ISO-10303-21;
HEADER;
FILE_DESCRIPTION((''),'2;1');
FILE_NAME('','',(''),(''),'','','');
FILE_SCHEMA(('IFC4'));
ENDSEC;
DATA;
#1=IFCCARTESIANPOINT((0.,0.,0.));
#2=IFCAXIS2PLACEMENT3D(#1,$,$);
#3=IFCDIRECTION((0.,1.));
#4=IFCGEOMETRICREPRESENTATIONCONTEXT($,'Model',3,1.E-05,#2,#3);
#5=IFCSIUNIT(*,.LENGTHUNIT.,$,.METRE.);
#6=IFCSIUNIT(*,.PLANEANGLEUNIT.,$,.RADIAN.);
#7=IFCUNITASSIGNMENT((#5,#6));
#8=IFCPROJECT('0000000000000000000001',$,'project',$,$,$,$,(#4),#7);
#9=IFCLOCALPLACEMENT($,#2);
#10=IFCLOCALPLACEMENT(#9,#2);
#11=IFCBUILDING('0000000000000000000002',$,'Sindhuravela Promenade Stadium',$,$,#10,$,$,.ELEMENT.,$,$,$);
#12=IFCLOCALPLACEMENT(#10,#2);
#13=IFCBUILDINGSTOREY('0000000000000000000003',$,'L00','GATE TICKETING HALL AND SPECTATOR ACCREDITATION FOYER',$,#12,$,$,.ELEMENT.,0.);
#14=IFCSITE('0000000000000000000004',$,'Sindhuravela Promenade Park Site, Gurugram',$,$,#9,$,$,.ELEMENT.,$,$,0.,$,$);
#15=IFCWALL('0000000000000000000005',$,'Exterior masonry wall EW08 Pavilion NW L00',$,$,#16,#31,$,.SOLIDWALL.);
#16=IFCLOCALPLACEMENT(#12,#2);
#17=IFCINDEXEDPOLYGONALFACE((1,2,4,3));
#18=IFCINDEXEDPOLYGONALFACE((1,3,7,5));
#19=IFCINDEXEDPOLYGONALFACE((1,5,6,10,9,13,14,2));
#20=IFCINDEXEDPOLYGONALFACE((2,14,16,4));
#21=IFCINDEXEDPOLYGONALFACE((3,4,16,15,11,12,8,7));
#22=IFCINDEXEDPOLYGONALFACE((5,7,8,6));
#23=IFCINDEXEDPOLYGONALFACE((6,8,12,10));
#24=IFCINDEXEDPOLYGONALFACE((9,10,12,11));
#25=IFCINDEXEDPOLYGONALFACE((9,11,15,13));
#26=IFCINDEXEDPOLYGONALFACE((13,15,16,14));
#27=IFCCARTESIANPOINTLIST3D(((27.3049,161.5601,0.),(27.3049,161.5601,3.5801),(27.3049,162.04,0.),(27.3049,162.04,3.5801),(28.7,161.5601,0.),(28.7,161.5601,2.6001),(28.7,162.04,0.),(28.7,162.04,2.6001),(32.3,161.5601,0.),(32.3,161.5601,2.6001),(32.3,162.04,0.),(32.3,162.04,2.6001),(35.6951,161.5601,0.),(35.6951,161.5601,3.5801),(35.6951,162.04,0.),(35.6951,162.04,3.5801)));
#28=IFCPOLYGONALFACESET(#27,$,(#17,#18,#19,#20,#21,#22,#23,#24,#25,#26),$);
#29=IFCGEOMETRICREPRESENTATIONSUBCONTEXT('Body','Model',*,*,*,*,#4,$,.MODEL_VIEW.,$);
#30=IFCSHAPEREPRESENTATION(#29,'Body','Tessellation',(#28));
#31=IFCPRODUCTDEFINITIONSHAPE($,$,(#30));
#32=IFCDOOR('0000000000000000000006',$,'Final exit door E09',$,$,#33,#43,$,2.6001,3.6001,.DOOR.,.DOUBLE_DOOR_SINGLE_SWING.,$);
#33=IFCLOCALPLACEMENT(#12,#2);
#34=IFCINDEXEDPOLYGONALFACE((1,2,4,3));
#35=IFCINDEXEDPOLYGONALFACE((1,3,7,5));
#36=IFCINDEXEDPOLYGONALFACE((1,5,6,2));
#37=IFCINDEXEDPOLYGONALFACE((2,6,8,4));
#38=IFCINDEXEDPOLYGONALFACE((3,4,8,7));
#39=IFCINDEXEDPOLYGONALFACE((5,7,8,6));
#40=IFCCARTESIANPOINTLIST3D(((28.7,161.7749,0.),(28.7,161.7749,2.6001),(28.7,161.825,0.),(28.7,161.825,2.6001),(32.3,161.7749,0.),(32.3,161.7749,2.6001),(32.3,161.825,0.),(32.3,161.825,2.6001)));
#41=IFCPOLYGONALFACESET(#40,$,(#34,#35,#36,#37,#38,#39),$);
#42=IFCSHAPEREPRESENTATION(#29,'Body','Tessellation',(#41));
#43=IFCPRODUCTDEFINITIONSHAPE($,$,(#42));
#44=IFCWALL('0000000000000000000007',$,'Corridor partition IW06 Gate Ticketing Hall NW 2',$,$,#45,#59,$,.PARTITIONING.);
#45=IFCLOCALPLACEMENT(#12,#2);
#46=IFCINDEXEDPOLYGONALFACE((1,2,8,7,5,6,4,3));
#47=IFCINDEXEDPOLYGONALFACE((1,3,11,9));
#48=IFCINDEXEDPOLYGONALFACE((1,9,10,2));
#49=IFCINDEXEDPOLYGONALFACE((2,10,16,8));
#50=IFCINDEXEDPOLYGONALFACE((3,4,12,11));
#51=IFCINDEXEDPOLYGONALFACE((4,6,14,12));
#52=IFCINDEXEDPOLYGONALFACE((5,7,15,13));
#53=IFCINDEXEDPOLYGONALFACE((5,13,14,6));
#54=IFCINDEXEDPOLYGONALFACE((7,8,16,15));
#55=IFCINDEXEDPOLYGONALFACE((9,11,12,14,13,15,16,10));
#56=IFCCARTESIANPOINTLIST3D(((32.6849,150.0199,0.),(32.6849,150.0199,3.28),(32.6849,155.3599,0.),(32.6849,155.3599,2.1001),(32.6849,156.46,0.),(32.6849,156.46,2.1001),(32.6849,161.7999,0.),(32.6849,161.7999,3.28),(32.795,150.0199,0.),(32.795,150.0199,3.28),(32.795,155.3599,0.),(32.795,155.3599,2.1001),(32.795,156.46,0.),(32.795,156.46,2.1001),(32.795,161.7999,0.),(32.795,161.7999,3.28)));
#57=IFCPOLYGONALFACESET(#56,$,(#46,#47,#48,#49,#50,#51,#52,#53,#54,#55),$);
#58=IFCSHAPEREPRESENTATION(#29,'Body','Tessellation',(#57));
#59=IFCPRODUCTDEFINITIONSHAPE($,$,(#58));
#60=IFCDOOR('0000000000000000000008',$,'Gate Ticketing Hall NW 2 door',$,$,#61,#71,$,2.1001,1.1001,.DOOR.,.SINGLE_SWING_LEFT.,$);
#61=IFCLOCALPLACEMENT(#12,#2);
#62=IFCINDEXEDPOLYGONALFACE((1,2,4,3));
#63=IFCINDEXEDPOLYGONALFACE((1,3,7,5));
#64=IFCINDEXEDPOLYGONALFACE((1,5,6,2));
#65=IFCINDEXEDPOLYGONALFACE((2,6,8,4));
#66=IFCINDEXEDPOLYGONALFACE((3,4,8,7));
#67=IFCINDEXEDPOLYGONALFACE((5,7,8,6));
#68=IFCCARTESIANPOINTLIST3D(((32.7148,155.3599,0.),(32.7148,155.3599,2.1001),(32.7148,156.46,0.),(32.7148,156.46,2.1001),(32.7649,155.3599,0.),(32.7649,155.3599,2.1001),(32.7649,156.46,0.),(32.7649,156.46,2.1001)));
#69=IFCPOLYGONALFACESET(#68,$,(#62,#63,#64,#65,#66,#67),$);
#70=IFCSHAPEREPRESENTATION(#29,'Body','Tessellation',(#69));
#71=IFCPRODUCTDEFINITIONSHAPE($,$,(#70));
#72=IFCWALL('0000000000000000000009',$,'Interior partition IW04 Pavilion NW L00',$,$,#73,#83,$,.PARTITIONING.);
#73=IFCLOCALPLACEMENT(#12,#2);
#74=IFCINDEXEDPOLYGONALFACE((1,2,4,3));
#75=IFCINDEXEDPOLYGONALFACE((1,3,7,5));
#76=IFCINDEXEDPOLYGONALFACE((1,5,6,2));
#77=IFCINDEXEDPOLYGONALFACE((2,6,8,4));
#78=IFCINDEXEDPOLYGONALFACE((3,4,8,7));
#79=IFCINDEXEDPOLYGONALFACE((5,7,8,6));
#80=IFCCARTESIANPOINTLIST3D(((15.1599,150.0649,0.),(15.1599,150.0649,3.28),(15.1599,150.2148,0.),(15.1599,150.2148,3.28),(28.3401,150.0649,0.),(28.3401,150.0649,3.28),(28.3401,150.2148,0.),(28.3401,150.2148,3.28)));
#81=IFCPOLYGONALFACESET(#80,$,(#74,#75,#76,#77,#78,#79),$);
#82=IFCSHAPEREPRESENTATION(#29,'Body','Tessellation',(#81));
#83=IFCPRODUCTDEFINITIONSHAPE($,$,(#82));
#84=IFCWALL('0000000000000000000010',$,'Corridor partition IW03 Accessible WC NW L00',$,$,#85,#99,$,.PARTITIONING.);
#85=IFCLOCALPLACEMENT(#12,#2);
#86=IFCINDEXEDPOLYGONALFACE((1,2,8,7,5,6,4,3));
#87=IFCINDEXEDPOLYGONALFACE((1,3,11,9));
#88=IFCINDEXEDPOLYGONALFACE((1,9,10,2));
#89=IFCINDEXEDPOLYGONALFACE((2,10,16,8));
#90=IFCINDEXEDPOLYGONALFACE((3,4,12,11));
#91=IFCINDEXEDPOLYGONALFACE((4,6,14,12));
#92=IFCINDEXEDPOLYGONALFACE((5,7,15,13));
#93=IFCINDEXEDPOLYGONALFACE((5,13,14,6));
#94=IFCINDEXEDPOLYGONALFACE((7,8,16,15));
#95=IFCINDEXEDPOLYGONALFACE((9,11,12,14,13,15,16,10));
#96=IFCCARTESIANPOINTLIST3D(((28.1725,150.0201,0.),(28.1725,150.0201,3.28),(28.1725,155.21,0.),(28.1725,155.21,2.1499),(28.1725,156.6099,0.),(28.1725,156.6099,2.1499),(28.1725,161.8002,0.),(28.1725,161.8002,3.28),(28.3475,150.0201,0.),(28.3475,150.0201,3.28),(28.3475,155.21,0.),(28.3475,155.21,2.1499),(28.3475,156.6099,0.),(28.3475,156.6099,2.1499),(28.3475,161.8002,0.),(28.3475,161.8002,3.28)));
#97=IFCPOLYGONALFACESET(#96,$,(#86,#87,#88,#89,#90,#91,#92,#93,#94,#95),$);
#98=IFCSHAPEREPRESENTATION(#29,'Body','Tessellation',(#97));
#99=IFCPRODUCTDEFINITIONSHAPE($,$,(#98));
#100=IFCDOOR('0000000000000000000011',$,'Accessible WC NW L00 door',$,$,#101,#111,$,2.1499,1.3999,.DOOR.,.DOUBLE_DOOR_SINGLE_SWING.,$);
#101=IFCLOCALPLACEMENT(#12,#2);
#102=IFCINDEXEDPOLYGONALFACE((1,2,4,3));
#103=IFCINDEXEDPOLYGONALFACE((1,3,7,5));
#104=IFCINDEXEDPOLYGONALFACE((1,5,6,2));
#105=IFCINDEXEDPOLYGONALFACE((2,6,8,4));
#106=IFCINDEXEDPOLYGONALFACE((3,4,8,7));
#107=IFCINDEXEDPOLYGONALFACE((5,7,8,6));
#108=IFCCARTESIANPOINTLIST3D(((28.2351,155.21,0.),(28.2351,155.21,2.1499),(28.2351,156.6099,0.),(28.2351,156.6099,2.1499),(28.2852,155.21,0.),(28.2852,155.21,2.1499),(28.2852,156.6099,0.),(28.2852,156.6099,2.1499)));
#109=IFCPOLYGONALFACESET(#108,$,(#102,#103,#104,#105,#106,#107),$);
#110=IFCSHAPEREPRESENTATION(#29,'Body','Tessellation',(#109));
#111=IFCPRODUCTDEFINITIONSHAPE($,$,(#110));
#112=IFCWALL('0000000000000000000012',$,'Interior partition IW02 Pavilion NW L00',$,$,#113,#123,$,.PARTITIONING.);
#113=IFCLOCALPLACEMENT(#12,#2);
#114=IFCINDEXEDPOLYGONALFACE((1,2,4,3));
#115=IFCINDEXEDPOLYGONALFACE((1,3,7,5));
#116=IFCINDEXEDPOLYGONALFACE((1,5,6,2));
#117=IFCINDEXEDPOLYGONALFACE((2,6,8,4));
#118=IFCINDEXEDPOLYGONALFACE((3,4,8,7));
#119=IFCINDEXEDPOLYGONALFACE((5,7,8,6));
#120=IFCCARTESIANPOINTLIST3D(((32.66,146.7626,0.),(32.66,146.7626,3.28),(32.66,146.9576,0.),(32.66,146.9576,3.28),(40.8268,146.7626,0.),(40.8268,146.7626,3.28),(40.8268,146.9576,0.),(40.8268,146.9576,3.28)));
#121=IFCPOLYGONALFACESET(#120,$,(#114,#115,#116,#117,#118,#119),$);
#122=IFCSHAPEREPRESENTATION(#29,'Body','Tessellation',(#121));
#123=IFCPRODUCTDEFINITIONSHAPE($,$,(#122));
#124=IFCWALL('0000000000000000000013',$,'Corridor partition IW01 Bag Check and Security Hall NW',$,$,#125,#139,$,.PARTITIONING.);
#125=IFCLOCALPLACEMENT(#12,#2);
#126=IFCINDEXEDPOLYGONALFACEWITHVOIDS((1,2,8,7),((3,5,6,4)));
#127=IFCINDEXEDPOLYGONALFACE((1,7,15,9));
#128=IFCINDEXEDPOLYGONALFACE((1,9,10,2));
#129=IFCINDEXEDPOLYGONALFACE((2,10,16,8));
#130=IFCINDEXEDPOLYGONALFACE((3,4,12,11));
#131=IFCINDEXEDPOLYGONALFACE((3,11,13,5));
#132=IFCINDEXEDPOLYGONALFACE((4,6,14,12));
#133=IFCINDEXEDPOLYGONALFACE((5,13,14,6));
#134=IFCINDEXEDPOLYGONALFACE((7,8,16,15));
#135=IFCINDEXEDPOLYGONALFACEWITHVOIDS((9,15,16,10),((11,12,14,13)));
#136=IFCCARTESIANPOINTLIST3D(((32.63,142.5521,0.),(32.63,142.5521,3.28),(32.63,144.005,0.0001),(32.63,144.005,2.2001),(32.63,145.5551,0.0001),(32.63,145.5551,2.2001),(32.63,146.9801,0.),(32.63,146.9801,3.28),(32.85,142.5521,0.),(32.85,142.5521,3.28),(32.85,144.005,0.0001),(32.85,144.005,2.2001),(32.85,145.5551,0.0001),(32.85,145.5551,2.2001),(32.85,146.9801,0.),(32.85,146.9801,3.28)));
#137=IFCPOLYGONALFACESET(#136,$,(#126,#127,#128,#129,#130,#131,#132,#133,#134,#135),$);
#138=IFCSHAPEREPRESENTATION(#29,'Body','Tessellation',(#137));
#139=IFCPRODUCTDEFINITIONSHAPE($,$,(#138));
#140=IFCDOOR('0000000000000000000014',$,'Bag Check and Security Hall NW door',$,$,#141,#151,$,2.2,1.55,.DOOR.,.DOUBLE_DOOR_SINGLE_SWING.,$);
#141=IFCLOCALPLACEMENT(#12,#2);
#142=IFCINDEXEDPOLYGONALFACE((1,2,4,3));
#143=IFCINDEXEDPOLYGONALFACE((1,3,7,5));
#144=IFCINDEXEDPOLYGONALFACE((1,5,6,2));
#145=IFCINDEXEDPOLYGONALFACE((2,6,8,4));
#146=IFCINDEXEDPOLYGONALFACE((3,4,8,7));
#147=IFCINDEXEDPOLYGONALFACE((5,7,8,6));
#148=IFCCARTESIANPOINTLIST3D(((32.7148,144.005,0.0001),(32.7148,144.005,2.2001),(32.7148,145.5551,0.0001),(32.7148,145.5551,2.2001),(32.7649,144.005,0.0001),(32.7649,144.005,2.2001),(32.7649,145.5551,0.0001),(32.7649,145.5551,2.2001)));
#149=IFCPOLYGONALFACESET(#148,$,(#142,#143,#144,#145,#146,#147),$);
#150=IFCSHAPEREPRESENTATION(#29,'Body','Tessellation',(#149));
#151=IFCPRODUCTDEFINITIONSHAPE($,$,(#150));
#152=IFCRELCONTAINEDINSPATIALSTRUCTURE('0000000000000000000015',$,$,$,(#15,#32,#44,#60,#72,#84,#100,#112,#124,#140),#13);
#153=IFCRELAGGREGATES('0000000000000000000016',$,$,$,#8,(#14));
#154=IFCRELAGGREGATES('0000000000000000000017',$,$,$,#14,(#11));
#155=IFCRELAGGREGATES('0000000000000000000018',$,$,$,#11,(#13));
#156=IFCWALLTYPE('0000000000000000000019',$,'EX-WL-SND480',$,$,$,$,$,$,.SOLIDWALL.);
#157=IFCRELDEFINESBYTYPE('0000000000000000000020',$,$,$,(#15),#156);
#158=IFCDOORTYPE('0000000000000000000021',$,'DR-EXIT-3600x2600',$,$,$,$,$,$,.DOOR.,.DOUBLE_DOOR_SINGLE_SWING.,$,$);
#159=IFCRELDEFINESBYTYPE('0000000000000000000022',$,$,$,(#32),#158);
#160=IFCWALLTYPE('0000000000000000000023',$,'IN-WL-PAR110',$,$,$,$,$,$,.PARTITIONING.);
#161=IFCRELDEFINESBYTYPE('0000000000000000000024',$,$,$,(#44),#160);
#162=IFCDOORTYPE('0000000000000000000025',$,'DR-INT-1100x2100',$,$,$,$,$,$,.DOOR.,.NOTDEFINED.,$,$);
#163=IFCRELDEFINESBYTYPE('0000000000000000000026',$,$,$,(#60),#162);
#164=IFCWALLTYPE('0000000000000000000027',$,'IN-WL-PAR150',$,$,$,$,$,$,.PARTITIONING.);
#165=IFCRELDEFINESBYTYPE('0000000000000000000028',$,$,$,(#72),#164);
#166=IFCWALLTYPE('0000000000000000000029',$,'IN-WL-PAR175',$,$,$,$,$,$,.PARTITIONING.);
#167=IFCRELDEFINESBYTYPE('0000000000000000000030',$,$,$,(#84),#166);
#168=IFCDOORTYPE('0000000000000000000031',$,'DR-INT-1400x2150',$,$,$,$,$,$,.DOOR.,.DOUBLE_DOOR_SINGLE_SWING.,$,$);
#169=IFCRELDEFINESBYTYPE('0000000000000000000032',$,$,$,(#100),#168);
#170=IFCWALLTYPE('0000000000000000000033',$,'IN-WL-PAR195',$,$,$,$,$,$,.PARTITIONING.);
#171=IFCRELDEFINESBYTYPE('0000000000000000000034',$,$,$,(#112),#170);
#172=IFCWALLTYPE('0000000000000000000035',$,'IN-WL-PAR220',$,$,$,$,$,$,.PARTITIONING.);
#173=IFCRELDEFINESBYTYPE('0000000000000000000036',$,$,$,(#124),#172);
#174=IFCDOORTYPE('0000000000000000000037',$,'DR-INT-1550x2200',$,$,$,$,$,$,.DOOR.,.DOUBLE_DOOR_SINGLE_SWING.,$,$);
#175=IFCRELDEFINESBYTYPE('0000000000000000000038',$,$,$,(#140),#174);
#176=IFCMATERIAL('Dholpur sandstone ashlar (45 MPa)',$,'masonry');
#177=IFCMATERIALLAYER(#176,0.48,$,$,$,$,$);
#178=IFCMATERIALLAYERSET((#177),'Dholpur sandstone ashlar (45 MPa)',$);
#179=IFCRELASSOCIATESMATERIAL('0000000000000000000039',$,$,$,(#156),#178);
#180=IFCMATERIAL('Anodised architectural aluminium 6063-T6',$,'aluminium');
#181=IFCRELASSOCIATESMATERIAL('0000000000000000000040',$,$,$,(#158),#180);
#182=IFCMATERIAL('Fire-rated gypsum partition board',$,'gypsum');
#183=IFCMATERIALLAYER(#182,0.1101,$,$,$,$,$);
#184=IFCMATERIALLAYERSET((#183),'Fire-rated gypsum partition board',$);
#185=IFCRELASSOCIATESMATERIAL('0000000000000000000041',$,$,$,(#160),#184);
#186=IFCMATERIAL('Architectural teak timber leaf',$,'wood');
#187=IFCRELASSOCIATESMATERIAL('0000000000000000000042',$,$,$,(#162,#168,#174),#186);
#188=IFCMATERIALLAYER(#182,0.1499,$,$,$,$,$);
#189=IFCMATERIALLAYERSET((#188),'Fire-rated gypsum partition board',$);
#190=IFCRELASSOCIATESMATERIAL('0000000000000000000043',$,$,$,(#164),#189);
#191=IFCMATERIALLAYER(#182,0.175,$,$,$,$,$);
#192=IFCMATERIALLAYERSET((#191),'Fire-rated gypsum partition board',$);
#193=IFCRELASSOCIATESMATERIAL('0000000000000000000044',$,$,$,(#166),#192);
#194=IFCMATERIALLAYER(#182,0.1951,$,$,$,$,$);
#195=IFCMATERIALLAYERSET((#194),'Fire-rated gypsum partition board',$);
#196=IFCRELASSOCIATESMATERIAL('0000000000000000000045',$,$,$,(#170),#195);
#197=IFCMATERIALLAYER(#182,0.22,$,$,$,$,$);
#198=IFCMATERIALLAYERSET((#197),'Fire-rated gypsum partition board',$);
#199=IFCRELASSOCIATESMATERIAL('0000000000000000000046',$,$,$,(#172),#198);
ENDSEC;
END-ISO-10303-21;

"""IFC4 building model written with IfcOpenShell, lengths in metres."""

from ifc_helpers import new_model, si_unit, direction, frame, frame_2d, origin, place, context, subcontext, project, spatial, rectangle, extrude, material, layer, layer_set, type_object, element, fill, save


model = new_model("IFC4")

# Units and contexts
model_context = context("Model", 3, precision=1e-05, world=origin(), true_north=direction((0.0, 1.0)))
body_context = subcontext(model_context, "Body", "Model", "MODEL_VIEW")
ifc_project = project(units=[si_unit("LENGTHUNIT", "METRE"), si_unit("PLANEANGLEUNIT", "RADIAN")], contexts=[model_context])

# Site, building, storey
site_placement = place(None, origin())
site = spatial("IfcSite", under=ifc_project, at=site_placement, Name="Sindhuravela Promenade Park Site, Gurugram", CompositionType="ELEMENT", RefElevation=0.0)
building_placement = place(site_placement, origin())
building = spatial("IfcBuilding", under=site, at=building_placement, Name="Sindhuravela Promenade Stadium", CompositionType="ELEMENT")
storey_placement = place(building_placement, origin())
storey = spatial("IfcBuildingStorey", under=building, at=storey_placement, Name="L00", Description="GATE TICKETING HALL AND SPECTATOR ACCREDITATION FOYER", CompositionType="ELEMENT", Elevation=0.0)

# Walls, openings, doors
ifc_material_1 = material(Name="Dholpur sandstone ashlar (45 MPa)", Category="masonry")
ifc_layer_1 = layer(ifc_material_1, 0.48)
ifc_layer_set_1 = layer_set([ifc_layer_1], Name="Dholpur sandstone ashlar (45 MPa)")
wall_type_1 = type_object("IfcWallType", Name="EX-WL-SND480", PredefinedType="SOLIDWALL", material=ifc_layer_set_1)
wall_1_placement = place(storey_placement, frame((27.3049, 161.8, 0.0), z_axis=(0.0, 0.0, 1.0), x_axis=(1.0, 0.0, 0.0)))
wall_1 = element("IfcWall", 1, at=wall_1_placement, inside=storey, type_object=wall_type_1, Name="Exterior masonry wall EW08 Pavilion NW L00", PredefinedType="SOLIDWALL", context=body_context, shape_type="SweptSolid", body=[
    extrude(rectangle(XDim=8.3901, YDim=0.48, at=frame_2d((4.1951, 0.0))), origin(), (0.0, 0.0, 1.0), 3.5801),
])
opening_1_placement = place(wall_1_placement, frame((1.395, 0.0, 0.0)))
opening_1 = element("IfcOpeningElement", 2, at=opening_1_placement, cuts=wall_1, PredefinedType="OPENING", context=body_context, shape_type="SweptSolid", body=[
    extrude(rectangle(XDim=3.6001, YDim=2.6001, at=frame_2d((1.8, 1.3))), frame((0.0, 0.25, 0.0), z_axis=(0.0, -1.0, 0.0), x_axis=(1.0, 0.0, 0.0)), (0.0, 0.0, 1.0), 0.5),
])
ifc_material_2 = material(Name="Anodised architectural aluminium 6063-T6", Category="aluminium")
door_type_1 = type_object("IfcDoorType", Name="DR-EXIT-3600x2600", OperationType="DOUBLE_DOOR_SINGLE_SWING", PredefinedType="DOOR", material=ifc_material_2)
door_1_placement = place(opening_1_placement, origin())
door_1 = element("IfcDoor", 3, at=door_1_placement, inside=storey, type_object=door_type_1, Name="Final exit door E09", OperationType="DOUBLE_DOOR_SINGLE_SWING", OverallHeight=2.6001, OverallWidth=3.6001, PredefinedType="DOOR", context=body_context, shape_type="SweptSolid", body=[
    extrude(rectangle(XDim=3.6001, YDim=2.6001, at=frame_2d((1.8, 1.3))), frame((0.0, 0.0249, 0.0), z_axis=(0.0, -1.0, 0.0), x_axis=(1.0, 0.0, 0.0)), (0.0, 0.0, 1.0), 0.05),
])
fill(opening_1, door_1)
ifc_material_3 = material(Name="Fire-rated gypsum partition board", Category="gypsum")
ifc_layer_2 = layer(ifc_material_3, 0.1101)
ifc_layer_set_2 = layer_set([ifc_layer_2], Name="Fire-rated gypsum partition board")
wall_type_2 = type_object("IfcWallType", Name="IN-WL-PAR110", PredefinedType="PARTITIONING", material=ifc_layer_set_2)
wall_2_placement = place(storey_placement, frame((32.74, 161.8, 0.0), z_axis=(0.0, 0.0, 1.0), x_axis=(0.0, -1.0, 0.0)))
wall_2 = element("IfcWall", 4, at=wall_2_placement, inside=storey, type_object=wall_type_2, Name="Corridor partition IW06 Gate Ticketing Hall NW 2", PredefinedType="PARTITIONING", context=body_context, shape_type="SweptSolid", body=[
    extrude(rectangle(XDim=11.78, YDim=0.1101, at=frame_2d((5.8901, 0.0))), origin(), (0.0, 0.0, 1.0), 3.28),
])
opening_2_placement = place(wall_2_placement, frame((5.3401, 0.0, 0.0)))
opening_2 = element("IfcOpeningElement", 5, at=opening_2_placement, cuts=wall_2, PredefinedType="OPENING", context=body_context, shape_type="SweptSolid", body=[
    extrude(rectangle(XDim=1.1001, YDim=2.1001, at=frame_2d((0.55, 1.05))), frame((0.0, 0.0649, 0.0), z_axis=(0.0, -1.0, 0.0), x_axis=(1.0, 0.0, 0.0)), (0.0, 0.0, 1.0), 0.1301),
])
ifc_material_4 = material(Name="Architectural teak timber leaf", Category="wood")
door_type_2 = type_object("IfcDoorType", Name="DR-INT-1100x2100", OperationType="NOTDEFINED", PredefinedType="DOOR", material=ifc_material_4)
door_2_placement = place(opening_2_placement, origin())
door_2 = element("IfcDoor", 6, at=door_2_placement, inside=storey, type_object=door_type_2, Name="Gate Ticketing Hall NW 2 door", OperationType="SINGLE_SWING_LEFT", OverallHeight=2.1001, OverallWidth=1.1001, PredefinedType="DOOR", context=body_context, shape_type="SweptSolid", body=[
    extrude(rectangle(XDim=1.1001, YDim=2.1001, at=frame_2d((0.55, 1.05))), frame((0.0, 0.0249, 0.0), z_axis=(0.0, -1.0, 0.0), x_axis=(1.0, 0.0, 0.0)), (0.0, 0.0, 1.0), 0.05),
])
fill(opening_2, door_2)

# Wall
ifc_layer_3 = layer(ifc_material_3, 0.1499)
ifc_layer_set_3 = layer_set([ifc_layer_3], Name="Fire-rated gypsum partition board")
wall_type_3 = type_object("IfcWallType", Name="IN-WL-PAR150", PredefinedType="PARTITIONING", material=ifc_layer_set_3)
wall_3_placement = place(storey_placement, frame((28.3401, 150.1399, 0.0), z_axis=(0.0, 0.0, 1.0), x_axis=(-1.0, 0.0, 0.0)))
element("IfcWall", 7, at=wall_3_placement, inside=storey, type_object=wall_type_3, Name="Interior partition IW04 Pavilion NW L00", PredefinedType="PARTITIONING", context=body_context, shape_type="SweptSolid", body=[
    extrude(rectangle(XDim=13.1802, YDim=0.1499, at=frame_2d((6.5901, 0.0))), origin(), (0.0, 0.0, 1.0), 3.28),
])

# Wall, opening, door
ifc_layer_4 = layer(ifc_material_3, 0.175)
ifc_layer_set_4 = layer_set([ifc_layer_4], Name="Fire-rated gypsum partition board")
wall_type_4 = type_object("IfcWallType", Name="IN-WL-PAR175", PredefinedType="PARTITIONING", material=ifc_layer_set_4)
wall_4_placement = place(storey_placement, frame((28.26, 150.02, 0.0), z_axis=(0.0, 0.0, 1.0), x_axis=(0.0, 1.0, 0.0)))
wall_4 = element("IfcWall", 8, at=wall_4_placement, inside=storey, type_object=wall_type_4, Name="Corridor partition IW03 Accessible WC NW L00", PredefinedType="PARTITIONING", context=body_context, shape_type="SweptSolid", body=[
    extrude(rectangle(XDim=11.78, YDim=0.175, at=frame_2d((5.8901, 0.0))), origin(), (0.0, 0.0, 1.0), 3.28),
])
opening_3_placement = place(wall_4_placement, frame((5.1899, 0.0, 0.0)))
opening_3 = element("IfcOpeningElement", 9, at=opening_3_placement, cuts=wall_4, PredefinedType="OPENING", context=body_context, shape_type="SweptSolid", body=[
    extrude(rectangle(XDim=1.3999, YDim=2.1499, at=frame_2d((0.7, 1.075))), frame((0.0, 0.0974, 0.0), z_axis=(0.0, -1.0, 0.0), x_axis=(1.0, 0.0, 0.0)), (0.0, 0.0, 1.0), 0.1951),
])
door_type_3 = type_object("IfcDoorType", Name="DR-INT-1400x2150", OperationType="DOUBLE_DOOR_SINGLE_SWING", PredefinedType="DOOR", material=ifc_material_4)
door_3_placement = place(opening_3_placement, origin())
door_3 = element("IfcDoor", 10, at=door_3_placement, inside=storey, type_object=door_type_3, Name="Accessible WC NW L00 door", OperationType="DOUBLE_DOOR_SINGLE_SWING", OverallHeight=2.1499, OverallWidth=1.3999, PredefinedType="DOOR", context=body_context, shape_type="SweptSolid", body=[
    extrude(rectangle(XDim=1.3999, YDim=2.1499, at=frame_2d((0.7, 1.075))), frame((0.0, 0.0249, 0.0), z_axis=(0.0, -1.0, 0.0), x_axis=(1.0, 0.0, 0.0)), (0.0, 0.0, 1.0), 0.05),
])
fill(opening_3, door_3)

# Wall
ifc_layer_5 = layer(ifc_material_3, 0.1951)
ifc_layer_set_5 = layer_set([ifc_layer_5], Name="Fire-rated gypsum partition board")
wall_type_5 = type_object("IfcWallType", Name="IN-WL-PAR195", PredefinedType="PARTITIONING", material=ifc_layer_set_5)
wall_5_placement = place(storey_placement, frame((32.6599, 146.8601, 0.0), z_axis=(0.0, 0.0, 1.0), x_axis=(1.0, 0.0, 0.0)))
element("IfcWall", 11, at=wall_5_placement, inside=storey, type_object=wall_type_5, Name="Interior partition IW02 Pavilion NW L00", PredefinedType="PARTITIONING", context=body_context, shape_type="SweptSolid", body=[
    extrude(rectangle(XDim=8.1667, YDim=0.1951, at=frame_2d((4.0835, 0.0))), origin(), (0.0, 0.0, 1.0), 3.28),
])

# Wall, opening, door
ifc_layer_6 = layer(ifc_material_3, 0.22)
ifc_layer_set_6 = layer_set([ifc_layer_6], Name="Fire-rated gypsum partition board")
wall_type_6 = type_object("IfcWallType", Name="IN-WL-PAR220", PredefinedType="PARTITIONING", material=ifc_layer_set_6)
wall_6_placement = place(storey_placement, frame((32.74, 146.98, 0.0), z_axis=(0.0, 0.0, 1.0), x_axis=(0.0, -1.0, 0.0)))
wall_6 = element("IfcWall", 12, at=wall_6_placement, inside=storey, type_object=wall_type_6, Name="Corridor partition IW01 Bag Check and Security Hall NW", PredefinedType="PARTITIONING", context=body_context, shape_type="SweptSolid", body=[
    extrude(rectangle(XDim=4.428, YDim=0.22, at=frame_2d((2.2139, 0.0))), origin(), (0.0, 0.0, 1.0), 3.28),
])
opening_4_placement = place(wall_6_placement, frame((1.425, 0.0, 0.0)))
opening_4 = element("IfcOpeningElement", 13, at=opening_4_placement, cuts=wall_6, PredefinedType="OPENING", context=body_context, shape_type="SweptSolid", body=[
    extrude(rectangle(XDim=1.55, YDim=2.2, at=frame_2d((0.7749, 1.1001))), frame((0.0, 0.1199, 0.0), z_axis=(0.0, -1.0, 0.0), x_axis=(1.0, 0.0, 0.0)), (0.0, 0.0, 1.0), 0.24),
])
door_type_4 = type_object("IfcDoorType", Name="DR-INT-1550x2200", OperationType="DOUBLE_DOOR_SINGLE_SWING", PredefinedType="DOOR", material=ifc_material_4)
door_4_placement = place(opening_4_placement, origin())
door_4 = element("IfcDoor", 14, at=door_4_placement, inside=storey, type_object=door_type_4, Name="Bag Check and Security Hall NW door", OperationType="DOUBLE_DOOR_SINGLE_SWING", OverallHeight=2.2, OverallWidth=1.55, PredefinedType="DOOR", context=body_context, shape_type="SweptSolid", body=[
    extrude(rectangle(XDim=1.55, YDim=2.2, at=frame_2d((0.7749, 1.1001))), frame((0.0, 0.0249, 0.0), z_axis=(0.0, -1.0, 0.0), x_axis=(1.0, 0.0, 0.0)), (0.0, 0.0, 1.0), 0.05),
])
fill(opening_4, door_4)

save(model, "model.ifc")
